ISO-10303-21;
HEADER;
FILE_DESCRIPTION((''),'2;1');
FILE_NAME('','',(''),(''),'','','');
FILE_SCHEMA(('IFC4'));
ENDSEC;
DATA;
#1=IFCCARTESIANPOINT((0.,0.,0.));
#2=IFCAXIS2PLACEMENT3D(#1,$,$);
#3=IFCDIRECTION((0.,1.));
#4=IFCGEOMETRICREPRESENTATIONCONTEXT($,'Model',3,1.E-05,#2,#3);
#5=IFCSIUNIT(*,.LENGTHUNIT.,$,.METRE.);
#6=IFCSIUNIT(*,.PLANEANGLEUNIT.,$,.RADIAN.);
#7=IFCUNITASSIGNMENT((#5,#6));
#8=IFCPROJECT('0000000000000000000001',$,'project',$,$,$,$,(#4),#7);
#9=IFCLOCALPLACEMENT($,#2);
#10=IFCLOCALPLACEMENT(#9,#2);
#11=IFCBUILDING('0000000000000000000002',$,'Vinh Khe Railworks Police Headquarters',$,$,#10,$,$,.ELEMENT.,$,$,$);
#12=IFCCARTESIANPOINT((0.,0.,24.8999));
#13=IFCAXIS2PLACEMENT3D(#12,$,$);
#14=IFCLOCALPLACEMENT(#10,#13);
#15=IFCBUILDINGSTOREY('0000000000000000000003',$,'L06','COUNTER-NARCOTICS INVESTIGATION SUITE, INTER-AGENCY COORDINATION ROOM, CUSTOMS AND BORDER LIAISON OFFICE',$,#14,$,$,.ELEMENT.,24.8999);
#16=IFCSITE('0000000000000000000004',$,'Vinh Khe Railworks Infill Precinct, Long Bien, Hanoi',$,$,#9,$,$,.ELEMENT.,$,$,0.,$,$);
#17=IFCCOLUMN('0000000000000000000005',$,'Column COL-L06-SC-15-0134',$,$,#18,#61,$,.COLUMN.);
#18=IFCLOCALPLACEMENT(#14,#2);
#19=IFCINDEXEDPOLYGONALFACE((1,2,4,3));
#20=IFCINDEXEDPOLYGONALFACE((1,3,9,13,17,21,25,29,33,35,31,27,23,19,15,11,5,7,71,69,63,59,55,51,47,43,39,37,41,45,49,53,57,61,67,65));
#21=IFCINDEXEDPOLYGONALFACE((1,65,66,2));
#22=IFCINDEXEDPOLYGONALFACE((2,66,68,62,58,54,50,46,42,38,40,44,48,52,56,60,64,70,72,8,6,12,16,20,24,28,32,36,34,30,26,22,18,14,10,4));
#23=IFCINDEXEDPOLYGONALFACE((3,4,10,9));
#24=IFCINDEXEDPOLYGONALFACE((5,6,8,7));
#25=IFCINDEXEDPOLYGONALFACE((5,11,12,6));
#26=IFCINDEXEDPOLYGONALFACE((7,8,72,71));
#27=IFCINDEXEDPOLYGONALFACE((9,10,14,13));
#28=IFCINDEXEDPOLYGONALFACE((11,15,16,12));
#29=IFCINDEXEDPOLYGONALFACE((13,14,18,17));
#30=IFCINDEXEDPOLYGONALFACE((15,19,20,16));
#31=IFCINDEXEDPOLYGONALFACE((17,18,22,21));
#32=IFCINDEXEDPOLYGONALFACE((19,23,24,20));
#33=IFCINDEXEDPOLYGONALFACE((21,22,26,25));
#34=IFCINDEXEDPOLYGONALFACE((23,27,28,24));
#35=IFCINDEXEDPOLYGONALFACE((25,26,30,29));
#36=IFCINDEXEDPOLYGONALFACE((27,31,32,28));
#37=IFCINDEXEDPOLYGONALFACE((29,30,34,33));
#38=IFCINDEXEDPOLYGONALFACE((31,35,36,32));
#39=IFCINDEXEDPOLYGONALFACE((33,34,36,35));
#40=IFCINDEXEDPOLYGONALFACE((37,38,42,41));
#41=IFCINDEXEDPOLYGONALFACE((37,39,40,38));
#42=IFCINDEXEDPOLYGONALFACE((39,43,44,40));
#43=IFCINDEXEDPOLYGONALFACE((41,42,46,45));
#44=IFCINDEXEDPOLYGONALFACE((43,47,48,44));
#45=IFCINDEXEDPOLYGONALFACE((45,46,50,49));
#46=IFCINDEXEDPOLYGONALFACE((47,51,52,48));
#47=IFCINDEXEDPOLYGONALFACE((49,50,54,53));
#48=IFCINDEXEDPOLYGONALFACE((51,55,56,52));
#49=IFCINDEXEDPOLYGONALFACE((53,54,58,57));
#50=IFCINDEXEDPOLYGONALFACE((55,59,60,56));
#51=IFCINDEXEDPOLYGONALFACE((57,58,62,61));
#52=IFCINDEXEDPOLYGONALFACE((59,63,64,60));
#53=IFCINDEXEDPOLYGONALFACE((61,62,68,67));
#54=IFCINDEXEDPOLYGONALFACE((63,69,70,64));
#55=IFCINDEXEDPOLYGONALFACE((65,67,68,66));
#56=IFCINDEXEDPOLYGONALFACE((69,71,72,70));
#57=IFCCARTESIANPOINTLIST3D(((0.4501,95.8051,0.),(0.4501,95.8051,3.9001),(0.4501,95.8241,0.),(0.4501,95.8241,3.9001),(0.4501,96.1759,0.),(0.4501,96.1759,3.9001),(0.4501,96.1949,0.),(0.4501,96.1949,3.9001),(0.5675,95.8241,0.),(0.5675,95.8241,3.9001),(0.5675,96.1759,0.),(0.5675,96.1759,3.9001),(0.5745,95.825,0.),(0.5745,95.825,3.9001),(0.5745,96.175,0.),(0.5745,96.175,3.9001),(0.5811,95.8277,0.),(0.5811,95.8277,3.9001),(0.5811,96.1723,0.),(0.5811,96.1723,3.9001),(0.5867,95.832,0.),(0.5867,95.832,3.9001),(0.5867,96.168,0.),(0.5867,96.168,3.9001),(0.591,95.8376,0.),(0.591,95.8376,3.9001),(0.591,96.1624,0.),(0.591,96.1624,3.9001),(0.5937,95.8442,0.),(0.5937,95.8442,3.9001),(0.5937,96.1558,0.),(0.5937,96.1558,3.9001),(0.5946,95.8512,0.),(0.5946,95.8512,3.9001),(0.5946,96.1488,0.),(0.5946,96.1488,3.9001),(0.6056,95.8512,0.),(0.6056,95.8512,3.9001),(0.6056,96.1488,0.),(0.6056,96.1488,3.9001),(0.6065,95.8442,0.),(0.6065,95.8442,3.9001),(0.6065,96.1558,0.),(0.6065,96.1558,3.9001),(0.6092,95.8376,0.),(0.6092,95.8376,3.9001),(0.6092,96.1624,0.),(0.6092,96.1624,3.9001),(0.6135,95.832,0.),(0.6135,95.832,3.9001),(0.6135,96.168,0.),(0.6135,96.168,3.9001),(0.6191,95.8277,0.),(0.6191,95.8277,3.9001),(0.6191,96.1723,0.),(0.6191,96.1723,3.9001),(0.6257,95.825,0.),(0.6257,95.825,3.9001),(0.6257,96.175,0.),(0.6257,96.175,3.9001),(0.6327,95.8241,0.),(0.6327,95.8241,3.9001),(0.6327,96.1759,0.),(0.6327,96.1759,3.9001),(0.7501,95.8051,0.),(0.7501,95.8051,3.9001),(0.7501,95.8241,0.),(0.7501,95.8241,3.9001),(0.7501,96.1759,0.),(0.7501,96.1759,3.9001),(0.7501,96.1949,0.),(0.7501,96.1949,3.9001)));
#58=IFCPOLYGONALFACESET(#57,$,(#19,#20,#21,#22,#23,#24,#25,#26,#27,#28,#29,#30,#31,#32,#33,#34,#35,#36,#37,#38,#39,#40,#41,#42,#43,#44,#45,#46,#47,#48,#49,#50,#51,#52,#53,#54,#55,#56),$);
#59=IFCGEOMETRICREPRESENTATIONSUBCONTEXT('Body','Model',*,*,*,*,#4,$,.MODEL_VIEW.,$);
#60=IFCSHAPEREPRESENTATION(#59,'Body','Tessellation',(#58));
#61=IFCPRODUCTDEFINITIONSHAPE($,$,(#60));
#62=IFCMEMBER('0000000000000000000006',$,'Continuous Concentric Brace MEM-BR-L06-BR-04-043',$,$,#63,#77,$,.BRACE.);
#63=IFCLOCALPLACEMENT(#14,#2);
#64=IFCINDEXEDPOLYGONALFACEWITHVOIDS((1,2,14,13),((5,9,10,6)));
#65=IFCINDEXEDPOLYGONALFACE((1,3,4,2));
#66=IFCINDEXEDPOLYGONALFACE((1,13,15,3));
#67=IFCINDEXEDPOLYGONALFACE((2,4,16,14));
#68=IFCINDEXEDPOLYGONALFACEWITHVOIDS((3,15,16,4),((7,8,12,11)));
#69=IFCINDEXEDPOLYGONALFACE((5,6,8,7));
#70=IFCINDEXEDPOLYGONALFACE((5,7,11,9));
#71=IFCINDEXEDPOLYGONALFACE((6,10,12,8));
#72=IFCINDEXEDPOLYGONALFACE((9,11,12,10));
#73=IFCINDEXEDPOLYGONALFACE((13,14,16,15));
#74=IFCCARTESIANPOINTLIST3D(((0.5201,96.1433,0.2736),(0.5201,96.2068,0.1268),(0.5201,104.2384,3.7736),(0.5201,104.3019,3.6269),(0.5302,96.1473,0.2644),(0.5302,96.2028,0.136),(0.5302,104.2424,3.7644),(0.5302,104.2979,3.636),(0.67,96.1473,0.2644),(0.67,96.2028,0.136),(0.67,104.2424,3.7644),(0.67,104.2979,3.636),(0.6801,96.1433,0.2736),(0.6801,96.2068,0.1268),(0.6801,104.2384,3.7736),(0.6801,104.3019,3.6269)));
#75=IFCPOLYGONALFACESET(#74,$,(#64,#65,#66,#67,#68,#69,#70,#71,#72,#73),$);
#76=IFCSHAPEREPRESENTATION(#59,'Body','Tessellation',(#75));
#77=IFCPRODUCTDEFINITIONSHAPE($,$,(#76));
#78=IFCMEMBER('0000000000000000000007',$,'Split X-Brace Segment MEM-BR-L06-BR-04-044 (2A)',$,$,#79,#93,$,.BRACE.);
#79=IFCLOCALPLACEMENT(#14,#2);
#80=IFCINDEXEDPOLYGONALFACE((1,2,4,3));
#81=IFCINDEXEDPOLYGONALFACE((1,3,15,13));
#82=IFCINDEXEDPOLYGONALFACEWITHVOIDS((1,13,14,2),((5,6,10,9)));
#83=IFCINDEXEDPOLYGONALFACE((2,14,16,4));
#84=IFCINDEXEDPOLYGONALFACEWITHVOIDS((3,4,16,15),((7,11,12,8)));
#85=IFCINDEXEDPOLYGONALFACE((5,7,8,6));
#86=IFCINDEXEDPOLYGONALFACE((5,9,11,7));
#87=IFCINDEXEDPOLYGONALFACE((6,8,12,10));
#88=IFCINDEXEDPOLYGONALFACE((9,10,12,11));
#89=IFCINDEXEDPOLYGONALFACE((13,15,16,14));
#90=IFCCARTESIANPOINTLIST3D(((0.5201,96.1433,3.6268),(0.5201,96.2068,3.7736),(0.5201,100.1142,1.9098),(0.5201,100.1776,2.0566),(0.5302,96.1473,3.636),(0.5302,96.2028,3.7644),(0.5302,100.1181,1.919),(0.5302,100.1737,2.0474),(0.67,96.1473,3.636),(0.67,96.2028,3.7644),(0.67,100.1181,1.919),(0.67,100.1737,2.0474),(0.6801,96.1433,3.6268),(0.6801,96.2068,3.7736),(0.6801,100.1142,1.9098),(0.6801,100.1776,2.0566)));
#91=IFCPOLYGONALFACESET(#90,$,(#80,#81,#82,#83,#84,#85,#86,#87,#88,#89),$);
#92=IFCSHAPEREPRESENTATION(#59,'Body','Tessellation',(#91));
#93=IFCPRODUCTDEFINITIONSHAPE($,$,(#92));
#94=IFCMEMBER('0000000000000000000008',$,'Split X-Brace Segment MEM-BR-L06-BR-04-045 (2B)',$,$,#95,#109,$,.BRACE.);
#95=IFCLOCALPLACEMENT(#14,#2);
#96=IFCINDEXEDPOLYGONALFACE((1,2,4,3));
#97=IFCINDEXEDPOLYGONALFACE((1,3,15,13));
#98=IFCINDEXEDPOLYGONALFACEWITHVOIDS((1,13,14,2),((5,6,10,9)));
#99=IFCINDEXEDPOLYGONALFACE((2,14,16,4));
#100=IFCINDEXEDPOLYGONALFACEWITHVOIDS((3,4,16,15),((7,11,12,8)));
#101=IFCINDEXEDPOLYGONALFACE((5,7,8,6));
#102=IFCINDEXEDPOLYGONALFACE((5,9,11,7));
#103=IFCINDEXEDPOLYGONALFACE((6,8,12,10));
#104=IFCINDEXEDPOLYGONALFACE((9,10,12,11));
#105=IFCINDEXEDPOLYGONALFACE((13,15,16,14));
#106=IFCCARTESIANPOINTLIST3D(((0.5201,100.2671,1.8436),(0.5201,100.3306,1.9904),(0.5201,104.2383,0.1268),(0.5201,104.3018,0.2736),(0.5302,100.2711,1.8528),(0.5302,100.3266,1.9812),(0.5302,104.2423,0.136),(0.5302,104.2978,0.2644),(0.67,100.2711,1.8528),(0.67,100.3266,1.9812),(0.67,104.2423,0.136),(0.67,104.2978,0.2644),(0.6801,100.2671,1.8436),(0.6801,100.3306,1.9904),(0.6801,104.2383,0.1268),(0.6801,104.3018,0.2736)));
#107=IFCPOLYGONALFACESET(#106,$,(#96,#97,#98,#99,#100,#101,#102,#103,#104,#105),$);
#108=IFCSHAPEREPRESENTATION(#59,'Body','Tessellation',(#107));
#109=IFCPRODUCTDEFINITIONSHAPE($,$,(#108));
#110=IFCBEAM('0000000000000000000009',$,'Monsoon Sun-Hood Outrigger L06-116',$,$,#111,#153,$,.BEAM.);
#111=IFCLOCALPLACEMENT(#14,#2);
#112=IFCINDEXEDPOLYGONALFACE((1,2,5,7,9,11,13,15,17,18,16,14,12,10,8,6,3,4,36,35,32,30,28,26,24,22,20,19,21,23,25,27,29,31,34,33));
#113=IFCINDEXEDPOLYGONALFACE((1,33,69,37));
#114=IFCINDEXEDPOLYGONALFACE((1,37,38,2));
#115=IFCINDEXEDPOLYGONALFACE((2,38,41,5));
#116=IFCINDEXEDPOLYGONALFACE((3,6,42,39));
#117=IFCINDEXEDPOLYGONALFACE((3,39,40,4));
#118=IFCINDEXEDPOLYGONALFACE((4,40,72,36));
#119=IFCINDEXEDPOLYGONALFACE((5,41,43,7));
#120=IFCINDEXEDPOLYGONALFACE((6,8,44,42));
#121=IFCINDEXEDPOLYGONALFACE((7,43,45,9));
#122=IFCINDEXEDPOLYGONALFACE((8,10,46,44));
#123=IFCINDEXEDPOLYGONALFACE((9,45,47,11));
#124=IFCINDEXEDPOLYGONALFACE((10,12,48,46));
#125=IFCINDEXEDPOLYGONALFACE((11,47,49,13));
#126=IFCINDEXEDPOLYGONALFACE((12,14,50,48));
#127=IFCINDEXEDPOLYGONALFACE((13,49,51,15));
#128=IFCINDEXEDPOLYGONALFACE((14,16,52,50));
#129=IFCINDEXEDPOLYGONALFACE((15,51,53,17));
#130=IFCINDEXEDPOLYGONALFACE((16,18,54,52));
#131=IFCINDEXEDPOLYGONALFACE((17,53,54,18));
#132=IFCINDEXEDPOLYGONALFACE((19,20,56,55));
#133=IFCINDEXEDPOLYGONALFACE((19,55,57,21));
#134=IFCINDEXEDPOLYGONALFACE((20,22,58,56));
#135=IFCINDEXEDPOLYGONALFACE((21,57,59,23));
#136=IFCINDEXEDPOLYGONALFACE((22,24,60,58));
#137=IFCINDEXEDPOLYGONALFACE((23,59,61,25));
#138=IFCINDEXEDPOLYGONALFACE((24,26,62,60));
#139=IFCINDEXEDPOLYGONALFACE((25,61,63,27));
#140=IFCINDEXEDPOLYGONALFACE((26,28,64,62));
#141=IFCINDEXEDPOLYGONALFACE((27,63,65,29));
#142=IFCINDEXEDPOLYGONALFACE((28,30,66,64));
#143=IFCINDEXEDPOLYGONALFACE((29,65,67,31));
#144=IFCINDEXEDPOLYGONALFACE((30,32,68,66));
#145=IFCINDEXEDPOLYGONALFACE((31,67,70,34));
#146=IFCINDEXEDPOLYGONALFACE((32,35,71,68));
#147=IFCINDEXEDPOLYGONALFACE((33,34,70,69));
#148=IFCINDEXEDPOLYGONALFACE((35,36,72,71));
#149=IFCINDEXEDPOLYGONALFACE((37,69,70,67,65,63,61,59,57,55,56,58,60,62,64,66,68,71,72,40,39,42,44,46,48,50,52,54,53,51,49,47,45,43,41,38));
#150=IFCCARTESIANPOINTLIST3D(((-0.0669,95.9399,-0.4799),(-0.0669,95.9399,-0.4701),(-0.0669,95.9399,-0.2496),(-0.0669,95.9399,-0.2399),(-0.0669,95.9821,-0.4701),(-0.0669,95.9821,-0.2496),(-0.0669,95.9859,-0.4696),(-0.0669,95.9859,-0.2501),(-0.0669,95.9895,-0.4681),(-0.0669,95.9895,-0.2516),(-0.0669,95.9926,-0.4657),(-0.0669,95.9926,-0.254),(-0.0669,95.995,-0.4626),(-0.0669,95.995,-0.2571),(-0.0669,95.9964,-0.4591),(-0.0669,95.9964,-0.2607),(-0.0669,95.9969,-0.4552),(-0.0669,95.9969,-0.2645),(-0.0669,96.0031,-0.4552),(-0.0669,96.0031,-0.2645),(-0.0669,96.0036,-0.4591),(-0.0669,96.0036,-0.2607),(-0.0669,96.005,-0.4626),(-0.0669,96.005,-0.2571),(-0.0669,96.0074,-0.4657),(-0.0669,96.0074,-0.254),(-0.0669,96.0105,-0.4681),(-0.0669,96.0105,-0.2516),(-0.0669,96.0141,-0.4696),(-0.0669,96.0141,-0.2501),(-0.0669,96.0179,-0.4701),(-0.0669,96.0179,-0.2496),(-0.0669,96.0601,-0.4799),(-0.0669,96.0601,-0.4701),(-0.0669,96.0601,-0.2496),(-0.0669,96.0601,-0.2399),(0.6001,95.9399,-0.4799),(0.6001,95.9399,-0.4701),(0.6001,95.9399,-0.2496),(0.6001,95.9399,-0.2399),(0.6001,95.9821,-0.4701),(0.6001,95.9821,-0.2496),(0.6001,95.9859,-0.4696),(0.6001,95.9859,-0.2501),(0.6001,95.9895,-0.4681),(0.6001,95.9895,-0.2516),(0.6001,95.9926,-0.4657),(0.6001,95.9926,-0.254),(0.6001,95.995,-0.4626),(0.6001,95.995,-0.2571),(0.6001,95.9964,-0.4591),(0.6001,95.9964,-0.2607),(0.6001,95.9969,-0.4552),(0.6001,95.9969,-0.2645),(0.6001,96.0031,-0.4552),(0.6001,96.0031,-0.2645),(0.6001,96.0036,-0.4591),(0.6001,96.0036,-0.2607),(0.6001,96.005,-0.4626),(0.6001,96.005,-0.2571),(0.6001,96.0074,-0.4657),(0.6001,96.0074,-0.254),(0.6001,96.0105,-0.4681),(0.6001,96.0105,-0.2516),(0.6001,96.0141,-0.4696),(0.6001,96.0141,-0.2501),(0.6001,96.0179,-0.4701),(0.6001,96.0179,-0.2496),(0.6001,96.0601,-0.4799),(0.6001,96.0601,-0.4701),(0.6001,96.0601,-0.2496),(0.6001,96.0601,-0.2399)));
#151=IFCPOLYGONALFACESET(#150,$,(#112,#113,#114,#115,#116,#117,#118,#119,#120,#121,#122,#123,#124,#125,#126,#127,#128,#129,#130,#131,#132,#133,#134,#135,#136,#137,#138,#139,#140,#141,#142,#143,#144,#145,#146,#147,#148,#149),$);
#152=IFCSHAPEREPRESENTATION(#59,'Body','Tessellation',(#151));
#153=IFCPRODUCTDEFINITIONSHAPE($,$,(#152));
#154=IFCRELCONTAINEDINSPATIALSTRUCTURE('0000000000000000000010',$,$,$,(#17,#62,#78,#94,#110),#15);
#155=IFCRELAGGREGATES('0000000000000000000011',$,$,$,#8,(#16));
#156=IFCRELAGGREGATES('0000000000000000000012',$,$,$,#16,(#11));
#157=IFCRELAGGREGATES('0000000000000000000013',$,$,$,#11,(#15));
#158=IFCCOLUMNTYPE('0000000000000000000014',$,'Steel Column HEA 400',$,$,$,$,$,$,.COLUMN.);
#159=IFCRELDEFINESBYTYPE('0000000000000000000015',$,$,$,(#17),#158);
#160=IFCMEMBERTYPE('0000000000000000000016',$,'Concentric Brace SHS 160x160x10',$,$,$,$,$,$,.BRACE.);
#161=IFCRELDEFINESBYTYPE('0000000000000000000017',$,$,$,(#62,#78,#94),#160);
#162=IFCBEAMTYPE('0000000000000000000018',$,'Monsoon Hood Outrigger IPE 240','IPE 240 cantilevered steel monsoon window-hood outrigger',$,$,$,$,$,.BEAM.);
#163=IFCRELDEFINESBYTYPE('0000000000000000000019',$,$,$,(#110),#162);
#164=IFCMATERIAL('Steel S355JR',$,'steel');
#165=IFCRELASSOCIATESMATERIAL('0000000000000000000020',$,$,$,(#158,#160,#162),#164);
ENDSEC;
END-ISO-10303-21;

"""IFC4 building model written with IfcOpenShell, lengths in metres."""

from ifc_helpers import new_model, si_unit, direction, frame, origin, origin_2d, place, context, subcontext, project, spatial, hollow_rectangle, i_section, extrude, material, material_profile, profile_set, type_object, element, save


model = new_model("IFC4")

# Units and contexts
model_context = context("Model", 3, precision=1e-05, world=origin(), true_north=direction((0.0, 1.0)))
body_context = subcontext(model_context, "Body", "Model", "MODEL_VIEW")
ifc_project = project(units=[si_unit("LENGTHUNIT", "METRE"), si_unit("PLANEANGLEUNIT", "RADIAN")], contexts=[model_context])

# Site, building, storey
site_placement = place(None, origin())
site = spatial("IfcSite", under=ifc_project, at=site_placement, Name="Vinh Khe Railworks Infill Precinct, Long Bien, Hanoi", CompositionType="ELEMENT", RefElevation=0.0)
building_placement = place(site_placement, origin())
building = spatial("IfcBuilding", under=site, at=building_placement, Name="Vinh Khe Railworks Police Headquarters", CompositionType="ELEMENT")
storey_placement = place(building_placement, frame((0.0, 0.0, 24.8999)))
storey = spatial("IfcBuildingStorey", under=building, at=storey_placement, Name="L06", Description="COUNTER-NARCOTICS INVESTIGATION SUITE, INTER-AGENCY COORDINATION ROOM, CUSTOMS AND BORDER LIAISON OFFICE", CompositionType="ELEMENT", Elevation=24.8999)

# Column
ifc_material_1 = material(Name="Steel S355JR", Category="steel")
ifc_material_profile_1 = material_profile(ifc_material_1, i_section(OverallWidth=0.3, OverallDepth=0.3899, WebThickness=0.011, FlangeThickness=0.019, FilletRadius=0.0271, at=origin_2d()), Name="HEA 400")
ifc_profile_set_1 = profile_set([ifc_material_profile_1], Name="Steel S355JR")
column_type = type_object("IfcColumnType", Name="Steel Column HEA 400", PredefinedType="COLUMN", material=ifc_profile_set_1)
column_placement = place(storey_placement, frame((0.6001, 96.0, 0.0), z_axis=(0.0, 0.0, 1.0), x_axis=(1.0, 0.0, 0.0)))
element("IfcColumn", 1, at=column_placement, inside=storey, type_object=column_type, Name="Column COL-L06-SC-15-0134", PredefinedType="COLUMN", context=body_context, shape_type="SweptSolid", body=[
    extrude(i_section(OverallWidth=0.3, OverallDepth=0.3899, WebThickness=0.011, FlangeThickness=0.019, FilletRadius=0.0271, at=origin_2d()), origin(), (0.0, 0.0, 1.0), 3.9001),
])

# Members
ifc_material_profile_2 = material_profile(ifc_material_1, hollow_rectangle(XDim=0.1599, YDim=0.1599, WallThickness=0.01, at=origin_2d()), Name="SHS 160x160x10")
ifc_profile_set_2 = profile_set([ifc_material_profile_2], Name="Steel S355JR")
member_type = type_object("IfcMemberType", Name="Concentric Brace SHS 160x160x10", PredefinedType="BRACE", material=ifc_profile_set_2)
member_1_placement = place(storey_placement, frame((0.6001, 96.175, 0.2002), z_axis=(0.0, 0.917879, 0.396861), x_axis=(-1.0, 0.0, 0.0)))
element("IfcMember", 2, at=member_1_placement, inside=storey, type_object=member_type, Name="Continuous Concentric Brace MEM-BR-L06-BR-04-043", PredefinedType="BRACE", context=body_context, shape_type="SweptSolid", body=[
    extrude(hollow_rectangle(XDim=0.1599, YDim=0.1599, WallThickness=0.01, at=origin_2d()), origin(), (0.0, 0.0, 1.0), 8.8193),
])
member_2_placement = place(storey_placement, frame((0.6001, 96.175, 3.7002), z_axis=(0.0, 0.917868, -0.396887), x_axis=(-1.0, 0.0, 0.0)))
element("IfcMember", 3, at=member_2_placement, inside=storey, type_object=member_type, Name="Split X-Brace Segment MEM-BR-L06-BR-04-044 (2A)", PredefinedType="BRACE", context=body_context, shape_type="SweptSolid", body=[
    extrude(hollow_rectangle(XDim=0.1599, YDim=0.1599, WallThickness=0.01, at=origin_2d()), origin(), (0.0, 0.0, 1.0), 4.3262),
])
member_3_placement = place(storey_placement, frame((0.6001, 100.2988, 1.917), z_axis=(0.0, 0.917897, -0.396819), x_axis=(-1.0, 0.0, 0.0)))
element("IfcMember", 4, at=member_3_placement, inside=storey, type_object=member_type, Name="Split X-Brace Segment MEM-BR-L06-BR-04-045 (2B)", PredefinedType="BRACE", context=body_context, shape_type="SweptSolid", body=[
    extrude(hollow_rectangle(XDim=0.1599, YDim=0.1599, WallThickness=0.01, at=origin_2d()), origin(), (0.0, 0.0, 1.0), 4.3264),
])

# Beam
ifc_material_profile_3 = material_profile(ifc_material_1, i_section(OverallWidth=0.1201, OverallDepth=0.24, WebThickness=0.0061, FlangeThickness=0.0098, FilletRadius=0.0149, at=origin_2d()), Name="IPE 240")
ifc_profile_set_3 = profile_set([ifc_material_profile_3], Name="Steel S355JR")
beam_type_1 = type_object("IfcBeamType", Name="Monsoon Hood Outrigger IPE 240", Description="IPE 240 cantilevered steel monsoon window-hood outrigger", PredefinedType="BEAM", material=ifc_profile_set_3)
beam_1_placement = place(storey_placement, frame((-0.0669, 96.0, -0.3599), z_axis=(1.0, 0.0, 0.0), x_axis=(0.0, 1.0, 0.0)))
element("IfcBeam", 5, at=beam_1_placement, inside=storey, type_object=beam_type_1, Name="Monsoon Sun-Hood Outrigger L06-116", PredefinedType="BEAM", context=body_context, shape_type="SweptSolid", body=[
    extrude(i_section(OverallWidth=0.1201, OverallDepth=0.24, WebThickness=0.0061, FlangeThickness=0.0098, FilletRadius=0.0149, at=origin_2d()), origin(), (0.0, 0.0, 1.0), 0.667),
])

save(model, "model.ifc")
